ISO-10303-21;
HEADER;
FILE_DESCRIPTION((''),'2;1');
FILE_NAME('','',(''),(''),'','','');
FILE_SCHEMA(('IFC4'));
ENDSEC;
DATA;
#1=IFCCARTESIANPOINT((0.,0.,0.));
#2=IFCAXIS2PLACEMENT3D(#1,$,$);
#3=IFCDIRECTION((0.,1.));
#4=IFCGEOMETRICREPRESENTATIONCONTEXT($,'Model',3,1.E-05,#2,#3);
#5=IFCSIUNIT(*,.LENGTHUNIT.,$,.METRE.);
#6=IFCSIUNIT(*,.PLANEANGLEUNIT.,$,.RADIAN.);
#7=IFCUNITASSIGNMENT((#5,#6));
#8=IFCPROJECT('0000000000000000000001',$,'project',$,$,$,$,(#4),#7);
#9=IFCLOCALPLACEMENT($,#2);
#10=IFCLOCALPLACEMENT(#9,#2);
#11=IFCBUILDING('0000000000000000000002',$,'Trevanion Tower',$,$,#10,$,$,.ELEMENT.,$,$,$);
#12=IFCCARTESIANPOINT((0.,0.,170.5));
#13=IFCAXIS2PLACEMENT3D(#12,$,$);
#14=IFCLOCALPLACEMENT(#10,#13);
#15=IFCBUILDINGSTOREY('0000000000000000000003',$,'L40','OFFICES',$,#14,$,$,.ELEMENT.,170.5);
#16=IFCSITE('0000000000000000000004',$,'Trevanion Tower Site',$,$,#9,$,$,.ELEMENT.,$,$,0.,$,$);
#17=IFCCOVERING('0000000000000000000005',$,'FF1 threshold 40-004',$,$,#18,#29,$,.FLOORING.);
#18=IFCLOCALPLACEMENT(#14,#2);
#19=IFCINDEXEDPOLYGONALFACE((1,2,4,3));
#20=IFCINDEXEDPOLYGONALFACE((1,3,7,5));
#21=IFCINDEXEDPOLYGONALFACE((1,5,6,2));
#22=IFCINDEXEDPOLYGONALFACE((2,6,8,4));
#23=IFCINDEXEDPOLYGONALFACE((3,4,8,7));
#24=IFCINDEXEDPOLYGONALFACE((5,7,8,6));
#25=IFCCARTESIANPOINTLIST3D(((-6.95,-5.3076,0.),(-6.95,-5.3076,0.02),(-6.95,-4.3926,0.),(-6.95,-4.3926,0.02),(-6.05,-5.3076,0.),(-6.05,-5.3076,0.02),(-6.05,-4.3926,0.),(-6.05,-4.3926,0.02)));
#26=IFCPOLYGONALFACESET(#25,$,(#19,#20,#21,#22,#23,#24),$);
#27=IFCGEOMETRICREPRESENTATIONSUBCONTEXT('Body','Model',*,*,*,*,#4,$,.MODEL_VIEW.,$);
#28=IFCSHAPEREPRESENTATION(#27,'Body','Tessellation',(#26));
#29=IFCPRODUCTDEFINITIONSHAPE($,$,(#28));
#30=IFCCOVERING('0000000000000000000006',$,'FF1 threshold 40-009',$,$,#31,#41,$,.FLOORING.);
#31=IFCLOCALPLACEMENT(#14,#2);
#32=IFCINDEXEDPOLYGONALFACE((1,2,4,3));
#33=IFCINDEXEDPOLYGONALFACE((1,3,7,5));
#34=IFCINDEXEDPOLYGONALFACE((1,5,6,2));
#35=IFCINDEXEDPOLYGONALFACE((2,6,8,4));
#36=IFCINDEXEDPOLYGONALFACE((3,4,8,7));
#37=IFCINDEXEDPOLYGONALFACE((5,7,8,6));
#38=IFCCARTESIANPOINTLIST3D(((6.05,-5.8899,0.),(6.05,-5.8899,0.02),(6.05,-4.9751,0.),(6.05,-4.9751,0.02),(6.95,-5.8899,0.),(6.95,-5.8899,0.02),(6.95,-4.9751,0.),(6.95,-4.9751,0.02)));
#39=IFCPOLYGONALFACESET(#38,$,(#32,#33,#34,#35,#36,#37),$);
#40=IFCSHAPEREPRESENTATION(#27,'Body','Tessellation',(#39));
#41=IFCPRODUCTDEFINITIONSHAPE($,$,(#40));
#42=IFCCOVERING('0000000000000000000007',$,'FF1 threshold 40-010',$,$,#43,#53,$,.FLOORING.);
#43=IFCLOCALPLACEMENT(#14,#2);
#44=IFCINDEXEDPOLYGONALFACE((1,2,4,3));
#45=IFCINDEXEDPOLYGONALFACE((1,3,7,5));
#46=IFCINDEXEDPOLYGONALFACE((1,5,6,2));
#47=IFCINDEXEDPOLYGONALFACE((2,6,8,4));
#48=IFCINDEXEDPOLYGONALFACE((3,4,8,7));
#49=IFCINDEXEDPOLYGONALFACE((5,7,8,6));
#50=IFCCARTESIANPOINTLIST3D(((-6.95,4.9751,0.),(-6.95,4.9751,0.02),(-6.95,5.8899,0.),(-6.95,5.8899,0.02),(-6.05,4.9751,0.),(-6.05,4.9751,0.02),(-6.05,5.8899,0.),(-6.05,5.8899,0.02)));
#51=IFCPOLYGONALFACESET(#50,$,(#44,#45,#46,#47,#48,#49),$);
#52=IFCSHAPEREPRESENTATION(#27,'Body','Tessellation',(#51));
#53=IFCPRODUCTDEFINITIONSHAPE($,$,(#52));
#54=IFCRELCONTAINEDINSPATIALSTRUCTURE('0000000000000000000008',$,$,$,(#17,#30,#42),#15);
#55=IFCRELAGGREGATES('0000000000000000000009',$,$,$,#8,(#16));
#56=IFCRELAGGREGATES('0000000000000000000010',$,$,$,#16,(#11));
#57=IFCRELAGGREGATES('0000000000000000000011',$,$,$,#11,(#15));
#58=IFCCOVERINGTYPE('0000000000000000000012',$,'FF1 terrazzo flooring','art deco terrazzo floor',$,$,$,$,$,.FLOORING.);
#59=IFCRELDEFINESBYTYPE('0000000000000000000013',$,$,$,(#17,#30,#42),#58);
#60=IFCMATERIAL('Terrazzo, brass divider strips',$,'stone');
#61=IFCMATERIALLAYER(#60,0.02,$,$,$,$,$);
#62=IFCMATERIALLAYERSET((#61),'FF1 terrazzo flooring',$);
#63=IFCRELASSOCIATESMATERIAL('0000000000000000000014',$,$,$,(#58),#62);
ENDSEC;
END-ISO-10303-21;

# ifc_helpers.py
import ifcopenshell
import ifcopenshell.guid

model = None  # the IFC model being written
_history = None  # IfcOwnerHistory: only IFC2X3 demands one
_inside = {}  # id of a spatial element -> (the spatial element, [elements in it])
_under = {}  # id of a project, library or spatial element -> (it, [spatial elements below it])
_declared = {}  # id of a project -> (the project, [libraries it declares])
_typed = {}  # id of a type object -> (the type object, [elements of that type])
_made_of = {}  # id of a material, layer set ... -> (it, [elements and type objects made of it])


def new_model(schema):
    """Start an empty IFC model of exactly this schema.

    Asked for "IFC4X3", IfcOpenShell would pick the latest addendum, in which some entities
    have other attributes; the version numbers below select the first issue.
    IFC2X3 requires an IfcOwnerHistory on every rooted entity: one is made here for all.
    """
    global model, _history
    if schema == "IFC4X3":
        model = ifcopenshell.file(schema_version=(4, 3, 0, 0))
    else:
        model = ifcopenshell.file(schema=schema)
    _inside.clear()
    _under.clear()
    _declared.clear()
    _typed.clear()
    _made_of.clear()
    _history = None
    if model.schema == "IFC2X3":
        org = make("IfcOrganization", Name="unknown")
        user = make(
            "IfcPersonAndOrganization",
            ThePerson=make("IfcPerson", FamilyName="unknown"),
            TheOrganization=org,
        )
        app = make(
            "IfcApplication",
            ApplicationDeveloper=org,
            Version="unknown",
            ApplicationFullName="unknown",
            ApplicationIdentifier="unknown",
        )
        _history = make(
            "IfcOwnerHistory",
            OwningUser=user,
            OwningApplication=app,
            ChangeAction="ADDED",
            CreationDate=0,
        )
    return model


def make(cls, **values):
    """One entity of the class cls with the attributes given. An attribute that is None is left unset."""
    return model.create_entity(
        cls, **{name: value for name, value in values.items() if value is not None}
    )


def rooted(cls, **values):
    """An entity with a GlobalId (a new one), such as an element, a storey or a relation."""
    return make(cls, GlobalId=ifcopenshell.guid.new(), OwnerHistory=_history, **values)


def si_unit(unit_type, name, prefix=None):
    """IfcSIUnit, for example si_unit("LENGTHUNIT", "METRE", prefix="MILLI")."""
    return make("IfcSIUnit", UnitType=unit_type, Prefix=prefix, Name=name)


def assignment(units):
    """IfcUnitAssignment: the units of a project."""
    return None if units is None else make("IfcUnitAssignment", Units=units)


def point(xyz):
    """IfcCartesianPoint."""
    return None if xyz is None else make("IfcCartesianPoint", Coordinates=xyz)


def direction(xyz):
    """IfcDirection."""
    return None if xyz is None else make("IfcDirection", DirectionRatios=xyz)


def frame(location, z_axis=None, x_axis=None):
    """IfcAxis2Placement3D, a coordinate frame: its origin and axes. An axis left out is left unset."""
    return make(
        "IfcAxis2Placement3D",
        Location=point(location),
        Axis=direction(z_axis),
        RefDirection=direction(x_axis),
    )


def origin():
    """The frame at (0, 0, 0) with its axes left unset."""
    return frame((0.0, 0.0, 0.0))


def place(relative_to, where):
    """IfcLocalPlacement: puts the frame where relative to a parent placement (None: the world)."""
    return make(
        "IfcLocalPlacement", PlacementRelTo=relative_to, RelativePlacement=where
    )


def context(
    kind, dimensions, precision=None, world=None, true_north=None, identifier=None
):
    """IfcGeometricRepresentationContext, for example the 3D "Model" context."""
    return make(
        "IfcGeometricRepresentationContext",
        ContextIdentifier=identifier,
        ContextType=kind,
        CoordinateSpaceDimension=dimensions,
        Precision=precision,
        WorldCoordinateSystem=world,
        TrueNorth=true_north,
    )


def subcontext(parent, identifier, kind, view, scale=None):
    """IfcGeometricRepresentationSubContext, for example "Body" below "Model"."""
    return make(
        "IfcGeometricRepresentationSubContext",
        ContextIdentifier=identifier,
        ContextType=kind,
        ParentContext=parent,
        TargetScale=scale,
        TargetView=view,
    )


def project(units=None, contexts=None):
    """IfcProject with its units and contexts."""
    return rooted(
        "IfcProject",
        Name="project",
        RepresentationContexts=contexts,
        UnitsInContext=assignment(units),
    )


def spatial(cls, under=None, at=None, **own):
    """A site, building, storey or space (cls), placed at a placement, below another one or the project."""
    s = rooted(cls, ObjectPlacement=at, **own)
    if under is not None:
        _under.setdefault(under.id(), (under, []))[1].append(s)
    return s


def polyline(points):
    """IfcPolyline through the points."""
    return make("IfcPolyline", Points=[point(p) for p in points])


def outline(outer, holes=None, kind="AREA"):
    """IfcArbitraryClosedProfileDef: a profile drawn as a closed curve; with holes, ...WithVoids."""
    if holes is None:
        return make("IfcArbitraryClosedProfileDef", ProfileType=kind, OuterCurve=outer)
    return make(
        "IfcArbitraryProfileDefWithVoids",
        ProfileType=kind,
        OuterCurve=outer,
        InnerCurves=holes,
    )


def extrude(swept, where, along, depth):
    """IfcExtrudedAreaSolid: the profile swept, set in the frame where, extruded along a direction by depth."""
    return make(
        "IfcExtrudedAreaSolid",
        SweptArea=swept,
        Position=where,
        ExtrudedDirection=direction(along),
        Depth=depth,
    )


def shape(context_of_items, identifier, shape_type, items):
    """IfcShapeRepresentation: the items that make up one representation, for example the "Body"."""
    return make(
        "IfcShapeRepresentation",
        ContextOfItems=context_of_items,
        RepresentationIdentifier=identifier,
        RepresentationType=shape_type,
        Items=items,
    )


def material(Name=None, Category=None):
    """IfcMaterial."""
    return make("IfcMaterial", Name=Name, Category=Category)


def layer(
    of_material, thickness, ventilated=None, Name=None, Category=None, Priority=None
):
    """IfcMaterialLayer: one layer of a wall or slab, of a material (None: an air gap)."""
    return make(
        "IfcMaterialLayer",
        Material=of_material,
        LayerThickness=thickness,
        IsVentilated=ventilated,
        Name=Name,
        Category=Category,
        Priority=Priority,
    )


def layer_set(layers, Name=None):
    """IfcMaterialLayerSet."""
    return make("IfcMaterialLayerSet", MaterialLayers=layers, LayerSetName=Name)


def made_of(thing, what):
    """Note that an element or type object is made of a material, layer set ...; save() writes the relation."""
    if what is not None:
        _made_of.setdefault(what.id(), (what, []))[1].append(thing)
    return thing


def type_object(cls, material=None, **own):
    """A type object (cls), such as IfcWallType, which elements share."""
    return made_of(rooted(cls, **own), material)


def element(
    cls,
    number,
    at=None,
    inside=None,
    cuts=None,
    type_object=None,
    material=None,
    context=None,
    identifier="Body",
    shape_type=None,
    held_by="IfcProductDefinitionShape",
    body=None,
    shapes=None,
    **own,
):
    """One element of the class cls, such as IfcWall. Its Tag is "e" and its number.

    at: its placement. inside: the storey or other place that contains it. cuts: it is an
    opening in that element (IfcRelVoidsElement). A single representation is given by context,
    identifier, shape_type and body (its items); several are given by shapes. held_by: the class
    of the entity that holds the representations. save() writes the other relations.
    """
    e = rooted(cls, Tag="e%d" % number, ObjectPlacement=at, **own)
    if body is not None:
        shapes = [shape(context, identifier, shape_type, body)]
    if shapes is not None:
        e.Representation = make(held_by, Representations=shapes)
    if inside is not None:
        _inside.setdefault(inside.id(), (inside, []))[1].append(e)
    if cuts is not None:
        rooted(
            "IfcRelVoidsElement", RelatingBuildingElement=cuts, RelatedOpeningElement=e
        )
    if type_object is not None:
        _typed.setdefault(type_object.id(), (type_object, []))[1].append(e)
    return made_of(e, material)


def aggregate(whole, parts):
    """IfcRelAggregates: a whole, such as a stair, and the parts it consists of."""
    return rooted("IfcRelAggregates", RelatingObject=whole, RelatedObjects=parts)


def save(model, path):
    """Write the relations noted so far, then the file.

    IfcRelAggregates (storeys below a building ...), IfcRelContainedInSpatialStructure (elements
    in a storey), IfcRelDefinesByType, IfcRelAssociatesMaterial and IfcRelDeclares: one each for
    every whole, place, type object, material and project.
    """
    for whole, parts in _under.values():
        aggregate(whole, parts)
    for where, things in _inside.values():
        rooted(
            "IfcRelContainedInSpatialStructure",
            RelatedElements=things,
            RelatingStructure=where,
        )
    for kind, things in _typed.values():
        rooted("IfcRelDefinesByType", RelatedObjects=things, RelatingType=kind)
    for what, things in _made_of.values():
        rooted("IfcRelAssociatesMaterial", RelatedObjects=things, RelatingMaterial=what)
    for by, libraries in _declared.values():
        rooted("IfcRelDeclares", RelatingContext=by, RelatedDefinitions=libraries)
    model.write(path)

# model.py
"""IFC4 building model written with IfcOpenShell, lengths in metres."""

from ifc_helpers import new_model, si_unit, direction, frame, origin, place, context, subcontext, project, spatial, polyline, outline, extrude, material, layer, layer_set, type_object, element, save


model = new_model("IFC4")

# Units and contexts
model_context = context("Model", 3, precision=1e-05, world=origin(), true_north=direction((0.0, 1.0)))
body_context = subcontext(model_context, "Body", "Model", "MODEL_VIEW")
ifc_project = project(units=[si_unit("LENGTHUNIT", "METRE"), si_unit("PLANEANGLEUNIT", "RADIAN")], contexts=[model_context])

# Site, building, storey
site_placement = place(None, origin())
site = spatial("IfcSite", under=ifc_project, at=site_placement, Name="Trevanion Tower Site", CompositionType="ELEMENT", RefElevation=0.0)
building_placement = place(site_placement, origin())
building = spatial("IfcBuilding", under=site, at=building_placement, Name="Trevanion Tower", CompositionType="ELEMENT")
storey_placement = place(building_placement, frame((0.0, 0.0, 170.5)))
storey = spatial("IfcBuildingStorey", under=building, at=storey_placement, Name="L40", Description="OFFICES", CompositionType="ELEMENT", Elevation=170.5)

# Coverings
ifc_material_1 = material(Name="Terrazzo, brass divider strips", Category="stone")
ifc_layer_1 = layer(ifc_material_1, 0.02)
ifc_layer_set_1 = layer_set([ifc_layer_1], Name="FF1 terrazzo flooring")
covering_type = type_object("IfcCoveringType", Name="FF1 terrazzo flooring", Description="art deco terrazzo floor", PredefinedType="FLOORING", material=ifc_layer_set_1)
covering_1_placement = place(storey_placement, origin())
element("IfcCovering", 1, at=covering_1_placement, inside=storey, type_object=covering_type, Name="FF1 threshold 40-004", PredefinedType="FLOORING", context=body_context, shape_type="SweptSolid", body=[
    extrude(outline(polyline([(-6.95, -4.3926), (-6.95, -5.3076), (-6.05, -5.3076), (-6.05, -4.3926), (-6.95, -4.3926)])), origin(), (0.0, 0.0, 1.0), 0.02),
])
covering_2_placement = place(storey_placement, origin())
element("IfcCovering", 2, at=covering_2_placement, inside=storey, type_object=covering_type, Name="FF1 threshold 40-009", PredefinedType="FLOORING", context=body_context, shape_type="SweptSolid", body=[
    extrude(outline(polyline([(6.95, -5.8899), (6.95, -4.9751), (6.05, -4.9751), (6.05, -5.8899), (6.95, -5.8899)])), origin(), (0.0, 0.0, 1.0), 0.02),
])
covering_3_placement = place(storey_placement, origin())
element("IfcCovering", 3, at=covering_3_placement, inside=storey, type_object=covering_type, Name="FF1 threshold 40-010", PredefinedType="FLOORING", context=body_context, shape_type="SweptSolid", body=[
    extrude(outline(polyline([(-6.95, 5.8899), (-6.95, 4.9751), (-6.05, 4.9751), (-6.05, 5.8899), (-6.95, 5.8899)])), origin(), (0.0, 0.0, 1.0), 0.02),
])

save(model, "model.ifc")
